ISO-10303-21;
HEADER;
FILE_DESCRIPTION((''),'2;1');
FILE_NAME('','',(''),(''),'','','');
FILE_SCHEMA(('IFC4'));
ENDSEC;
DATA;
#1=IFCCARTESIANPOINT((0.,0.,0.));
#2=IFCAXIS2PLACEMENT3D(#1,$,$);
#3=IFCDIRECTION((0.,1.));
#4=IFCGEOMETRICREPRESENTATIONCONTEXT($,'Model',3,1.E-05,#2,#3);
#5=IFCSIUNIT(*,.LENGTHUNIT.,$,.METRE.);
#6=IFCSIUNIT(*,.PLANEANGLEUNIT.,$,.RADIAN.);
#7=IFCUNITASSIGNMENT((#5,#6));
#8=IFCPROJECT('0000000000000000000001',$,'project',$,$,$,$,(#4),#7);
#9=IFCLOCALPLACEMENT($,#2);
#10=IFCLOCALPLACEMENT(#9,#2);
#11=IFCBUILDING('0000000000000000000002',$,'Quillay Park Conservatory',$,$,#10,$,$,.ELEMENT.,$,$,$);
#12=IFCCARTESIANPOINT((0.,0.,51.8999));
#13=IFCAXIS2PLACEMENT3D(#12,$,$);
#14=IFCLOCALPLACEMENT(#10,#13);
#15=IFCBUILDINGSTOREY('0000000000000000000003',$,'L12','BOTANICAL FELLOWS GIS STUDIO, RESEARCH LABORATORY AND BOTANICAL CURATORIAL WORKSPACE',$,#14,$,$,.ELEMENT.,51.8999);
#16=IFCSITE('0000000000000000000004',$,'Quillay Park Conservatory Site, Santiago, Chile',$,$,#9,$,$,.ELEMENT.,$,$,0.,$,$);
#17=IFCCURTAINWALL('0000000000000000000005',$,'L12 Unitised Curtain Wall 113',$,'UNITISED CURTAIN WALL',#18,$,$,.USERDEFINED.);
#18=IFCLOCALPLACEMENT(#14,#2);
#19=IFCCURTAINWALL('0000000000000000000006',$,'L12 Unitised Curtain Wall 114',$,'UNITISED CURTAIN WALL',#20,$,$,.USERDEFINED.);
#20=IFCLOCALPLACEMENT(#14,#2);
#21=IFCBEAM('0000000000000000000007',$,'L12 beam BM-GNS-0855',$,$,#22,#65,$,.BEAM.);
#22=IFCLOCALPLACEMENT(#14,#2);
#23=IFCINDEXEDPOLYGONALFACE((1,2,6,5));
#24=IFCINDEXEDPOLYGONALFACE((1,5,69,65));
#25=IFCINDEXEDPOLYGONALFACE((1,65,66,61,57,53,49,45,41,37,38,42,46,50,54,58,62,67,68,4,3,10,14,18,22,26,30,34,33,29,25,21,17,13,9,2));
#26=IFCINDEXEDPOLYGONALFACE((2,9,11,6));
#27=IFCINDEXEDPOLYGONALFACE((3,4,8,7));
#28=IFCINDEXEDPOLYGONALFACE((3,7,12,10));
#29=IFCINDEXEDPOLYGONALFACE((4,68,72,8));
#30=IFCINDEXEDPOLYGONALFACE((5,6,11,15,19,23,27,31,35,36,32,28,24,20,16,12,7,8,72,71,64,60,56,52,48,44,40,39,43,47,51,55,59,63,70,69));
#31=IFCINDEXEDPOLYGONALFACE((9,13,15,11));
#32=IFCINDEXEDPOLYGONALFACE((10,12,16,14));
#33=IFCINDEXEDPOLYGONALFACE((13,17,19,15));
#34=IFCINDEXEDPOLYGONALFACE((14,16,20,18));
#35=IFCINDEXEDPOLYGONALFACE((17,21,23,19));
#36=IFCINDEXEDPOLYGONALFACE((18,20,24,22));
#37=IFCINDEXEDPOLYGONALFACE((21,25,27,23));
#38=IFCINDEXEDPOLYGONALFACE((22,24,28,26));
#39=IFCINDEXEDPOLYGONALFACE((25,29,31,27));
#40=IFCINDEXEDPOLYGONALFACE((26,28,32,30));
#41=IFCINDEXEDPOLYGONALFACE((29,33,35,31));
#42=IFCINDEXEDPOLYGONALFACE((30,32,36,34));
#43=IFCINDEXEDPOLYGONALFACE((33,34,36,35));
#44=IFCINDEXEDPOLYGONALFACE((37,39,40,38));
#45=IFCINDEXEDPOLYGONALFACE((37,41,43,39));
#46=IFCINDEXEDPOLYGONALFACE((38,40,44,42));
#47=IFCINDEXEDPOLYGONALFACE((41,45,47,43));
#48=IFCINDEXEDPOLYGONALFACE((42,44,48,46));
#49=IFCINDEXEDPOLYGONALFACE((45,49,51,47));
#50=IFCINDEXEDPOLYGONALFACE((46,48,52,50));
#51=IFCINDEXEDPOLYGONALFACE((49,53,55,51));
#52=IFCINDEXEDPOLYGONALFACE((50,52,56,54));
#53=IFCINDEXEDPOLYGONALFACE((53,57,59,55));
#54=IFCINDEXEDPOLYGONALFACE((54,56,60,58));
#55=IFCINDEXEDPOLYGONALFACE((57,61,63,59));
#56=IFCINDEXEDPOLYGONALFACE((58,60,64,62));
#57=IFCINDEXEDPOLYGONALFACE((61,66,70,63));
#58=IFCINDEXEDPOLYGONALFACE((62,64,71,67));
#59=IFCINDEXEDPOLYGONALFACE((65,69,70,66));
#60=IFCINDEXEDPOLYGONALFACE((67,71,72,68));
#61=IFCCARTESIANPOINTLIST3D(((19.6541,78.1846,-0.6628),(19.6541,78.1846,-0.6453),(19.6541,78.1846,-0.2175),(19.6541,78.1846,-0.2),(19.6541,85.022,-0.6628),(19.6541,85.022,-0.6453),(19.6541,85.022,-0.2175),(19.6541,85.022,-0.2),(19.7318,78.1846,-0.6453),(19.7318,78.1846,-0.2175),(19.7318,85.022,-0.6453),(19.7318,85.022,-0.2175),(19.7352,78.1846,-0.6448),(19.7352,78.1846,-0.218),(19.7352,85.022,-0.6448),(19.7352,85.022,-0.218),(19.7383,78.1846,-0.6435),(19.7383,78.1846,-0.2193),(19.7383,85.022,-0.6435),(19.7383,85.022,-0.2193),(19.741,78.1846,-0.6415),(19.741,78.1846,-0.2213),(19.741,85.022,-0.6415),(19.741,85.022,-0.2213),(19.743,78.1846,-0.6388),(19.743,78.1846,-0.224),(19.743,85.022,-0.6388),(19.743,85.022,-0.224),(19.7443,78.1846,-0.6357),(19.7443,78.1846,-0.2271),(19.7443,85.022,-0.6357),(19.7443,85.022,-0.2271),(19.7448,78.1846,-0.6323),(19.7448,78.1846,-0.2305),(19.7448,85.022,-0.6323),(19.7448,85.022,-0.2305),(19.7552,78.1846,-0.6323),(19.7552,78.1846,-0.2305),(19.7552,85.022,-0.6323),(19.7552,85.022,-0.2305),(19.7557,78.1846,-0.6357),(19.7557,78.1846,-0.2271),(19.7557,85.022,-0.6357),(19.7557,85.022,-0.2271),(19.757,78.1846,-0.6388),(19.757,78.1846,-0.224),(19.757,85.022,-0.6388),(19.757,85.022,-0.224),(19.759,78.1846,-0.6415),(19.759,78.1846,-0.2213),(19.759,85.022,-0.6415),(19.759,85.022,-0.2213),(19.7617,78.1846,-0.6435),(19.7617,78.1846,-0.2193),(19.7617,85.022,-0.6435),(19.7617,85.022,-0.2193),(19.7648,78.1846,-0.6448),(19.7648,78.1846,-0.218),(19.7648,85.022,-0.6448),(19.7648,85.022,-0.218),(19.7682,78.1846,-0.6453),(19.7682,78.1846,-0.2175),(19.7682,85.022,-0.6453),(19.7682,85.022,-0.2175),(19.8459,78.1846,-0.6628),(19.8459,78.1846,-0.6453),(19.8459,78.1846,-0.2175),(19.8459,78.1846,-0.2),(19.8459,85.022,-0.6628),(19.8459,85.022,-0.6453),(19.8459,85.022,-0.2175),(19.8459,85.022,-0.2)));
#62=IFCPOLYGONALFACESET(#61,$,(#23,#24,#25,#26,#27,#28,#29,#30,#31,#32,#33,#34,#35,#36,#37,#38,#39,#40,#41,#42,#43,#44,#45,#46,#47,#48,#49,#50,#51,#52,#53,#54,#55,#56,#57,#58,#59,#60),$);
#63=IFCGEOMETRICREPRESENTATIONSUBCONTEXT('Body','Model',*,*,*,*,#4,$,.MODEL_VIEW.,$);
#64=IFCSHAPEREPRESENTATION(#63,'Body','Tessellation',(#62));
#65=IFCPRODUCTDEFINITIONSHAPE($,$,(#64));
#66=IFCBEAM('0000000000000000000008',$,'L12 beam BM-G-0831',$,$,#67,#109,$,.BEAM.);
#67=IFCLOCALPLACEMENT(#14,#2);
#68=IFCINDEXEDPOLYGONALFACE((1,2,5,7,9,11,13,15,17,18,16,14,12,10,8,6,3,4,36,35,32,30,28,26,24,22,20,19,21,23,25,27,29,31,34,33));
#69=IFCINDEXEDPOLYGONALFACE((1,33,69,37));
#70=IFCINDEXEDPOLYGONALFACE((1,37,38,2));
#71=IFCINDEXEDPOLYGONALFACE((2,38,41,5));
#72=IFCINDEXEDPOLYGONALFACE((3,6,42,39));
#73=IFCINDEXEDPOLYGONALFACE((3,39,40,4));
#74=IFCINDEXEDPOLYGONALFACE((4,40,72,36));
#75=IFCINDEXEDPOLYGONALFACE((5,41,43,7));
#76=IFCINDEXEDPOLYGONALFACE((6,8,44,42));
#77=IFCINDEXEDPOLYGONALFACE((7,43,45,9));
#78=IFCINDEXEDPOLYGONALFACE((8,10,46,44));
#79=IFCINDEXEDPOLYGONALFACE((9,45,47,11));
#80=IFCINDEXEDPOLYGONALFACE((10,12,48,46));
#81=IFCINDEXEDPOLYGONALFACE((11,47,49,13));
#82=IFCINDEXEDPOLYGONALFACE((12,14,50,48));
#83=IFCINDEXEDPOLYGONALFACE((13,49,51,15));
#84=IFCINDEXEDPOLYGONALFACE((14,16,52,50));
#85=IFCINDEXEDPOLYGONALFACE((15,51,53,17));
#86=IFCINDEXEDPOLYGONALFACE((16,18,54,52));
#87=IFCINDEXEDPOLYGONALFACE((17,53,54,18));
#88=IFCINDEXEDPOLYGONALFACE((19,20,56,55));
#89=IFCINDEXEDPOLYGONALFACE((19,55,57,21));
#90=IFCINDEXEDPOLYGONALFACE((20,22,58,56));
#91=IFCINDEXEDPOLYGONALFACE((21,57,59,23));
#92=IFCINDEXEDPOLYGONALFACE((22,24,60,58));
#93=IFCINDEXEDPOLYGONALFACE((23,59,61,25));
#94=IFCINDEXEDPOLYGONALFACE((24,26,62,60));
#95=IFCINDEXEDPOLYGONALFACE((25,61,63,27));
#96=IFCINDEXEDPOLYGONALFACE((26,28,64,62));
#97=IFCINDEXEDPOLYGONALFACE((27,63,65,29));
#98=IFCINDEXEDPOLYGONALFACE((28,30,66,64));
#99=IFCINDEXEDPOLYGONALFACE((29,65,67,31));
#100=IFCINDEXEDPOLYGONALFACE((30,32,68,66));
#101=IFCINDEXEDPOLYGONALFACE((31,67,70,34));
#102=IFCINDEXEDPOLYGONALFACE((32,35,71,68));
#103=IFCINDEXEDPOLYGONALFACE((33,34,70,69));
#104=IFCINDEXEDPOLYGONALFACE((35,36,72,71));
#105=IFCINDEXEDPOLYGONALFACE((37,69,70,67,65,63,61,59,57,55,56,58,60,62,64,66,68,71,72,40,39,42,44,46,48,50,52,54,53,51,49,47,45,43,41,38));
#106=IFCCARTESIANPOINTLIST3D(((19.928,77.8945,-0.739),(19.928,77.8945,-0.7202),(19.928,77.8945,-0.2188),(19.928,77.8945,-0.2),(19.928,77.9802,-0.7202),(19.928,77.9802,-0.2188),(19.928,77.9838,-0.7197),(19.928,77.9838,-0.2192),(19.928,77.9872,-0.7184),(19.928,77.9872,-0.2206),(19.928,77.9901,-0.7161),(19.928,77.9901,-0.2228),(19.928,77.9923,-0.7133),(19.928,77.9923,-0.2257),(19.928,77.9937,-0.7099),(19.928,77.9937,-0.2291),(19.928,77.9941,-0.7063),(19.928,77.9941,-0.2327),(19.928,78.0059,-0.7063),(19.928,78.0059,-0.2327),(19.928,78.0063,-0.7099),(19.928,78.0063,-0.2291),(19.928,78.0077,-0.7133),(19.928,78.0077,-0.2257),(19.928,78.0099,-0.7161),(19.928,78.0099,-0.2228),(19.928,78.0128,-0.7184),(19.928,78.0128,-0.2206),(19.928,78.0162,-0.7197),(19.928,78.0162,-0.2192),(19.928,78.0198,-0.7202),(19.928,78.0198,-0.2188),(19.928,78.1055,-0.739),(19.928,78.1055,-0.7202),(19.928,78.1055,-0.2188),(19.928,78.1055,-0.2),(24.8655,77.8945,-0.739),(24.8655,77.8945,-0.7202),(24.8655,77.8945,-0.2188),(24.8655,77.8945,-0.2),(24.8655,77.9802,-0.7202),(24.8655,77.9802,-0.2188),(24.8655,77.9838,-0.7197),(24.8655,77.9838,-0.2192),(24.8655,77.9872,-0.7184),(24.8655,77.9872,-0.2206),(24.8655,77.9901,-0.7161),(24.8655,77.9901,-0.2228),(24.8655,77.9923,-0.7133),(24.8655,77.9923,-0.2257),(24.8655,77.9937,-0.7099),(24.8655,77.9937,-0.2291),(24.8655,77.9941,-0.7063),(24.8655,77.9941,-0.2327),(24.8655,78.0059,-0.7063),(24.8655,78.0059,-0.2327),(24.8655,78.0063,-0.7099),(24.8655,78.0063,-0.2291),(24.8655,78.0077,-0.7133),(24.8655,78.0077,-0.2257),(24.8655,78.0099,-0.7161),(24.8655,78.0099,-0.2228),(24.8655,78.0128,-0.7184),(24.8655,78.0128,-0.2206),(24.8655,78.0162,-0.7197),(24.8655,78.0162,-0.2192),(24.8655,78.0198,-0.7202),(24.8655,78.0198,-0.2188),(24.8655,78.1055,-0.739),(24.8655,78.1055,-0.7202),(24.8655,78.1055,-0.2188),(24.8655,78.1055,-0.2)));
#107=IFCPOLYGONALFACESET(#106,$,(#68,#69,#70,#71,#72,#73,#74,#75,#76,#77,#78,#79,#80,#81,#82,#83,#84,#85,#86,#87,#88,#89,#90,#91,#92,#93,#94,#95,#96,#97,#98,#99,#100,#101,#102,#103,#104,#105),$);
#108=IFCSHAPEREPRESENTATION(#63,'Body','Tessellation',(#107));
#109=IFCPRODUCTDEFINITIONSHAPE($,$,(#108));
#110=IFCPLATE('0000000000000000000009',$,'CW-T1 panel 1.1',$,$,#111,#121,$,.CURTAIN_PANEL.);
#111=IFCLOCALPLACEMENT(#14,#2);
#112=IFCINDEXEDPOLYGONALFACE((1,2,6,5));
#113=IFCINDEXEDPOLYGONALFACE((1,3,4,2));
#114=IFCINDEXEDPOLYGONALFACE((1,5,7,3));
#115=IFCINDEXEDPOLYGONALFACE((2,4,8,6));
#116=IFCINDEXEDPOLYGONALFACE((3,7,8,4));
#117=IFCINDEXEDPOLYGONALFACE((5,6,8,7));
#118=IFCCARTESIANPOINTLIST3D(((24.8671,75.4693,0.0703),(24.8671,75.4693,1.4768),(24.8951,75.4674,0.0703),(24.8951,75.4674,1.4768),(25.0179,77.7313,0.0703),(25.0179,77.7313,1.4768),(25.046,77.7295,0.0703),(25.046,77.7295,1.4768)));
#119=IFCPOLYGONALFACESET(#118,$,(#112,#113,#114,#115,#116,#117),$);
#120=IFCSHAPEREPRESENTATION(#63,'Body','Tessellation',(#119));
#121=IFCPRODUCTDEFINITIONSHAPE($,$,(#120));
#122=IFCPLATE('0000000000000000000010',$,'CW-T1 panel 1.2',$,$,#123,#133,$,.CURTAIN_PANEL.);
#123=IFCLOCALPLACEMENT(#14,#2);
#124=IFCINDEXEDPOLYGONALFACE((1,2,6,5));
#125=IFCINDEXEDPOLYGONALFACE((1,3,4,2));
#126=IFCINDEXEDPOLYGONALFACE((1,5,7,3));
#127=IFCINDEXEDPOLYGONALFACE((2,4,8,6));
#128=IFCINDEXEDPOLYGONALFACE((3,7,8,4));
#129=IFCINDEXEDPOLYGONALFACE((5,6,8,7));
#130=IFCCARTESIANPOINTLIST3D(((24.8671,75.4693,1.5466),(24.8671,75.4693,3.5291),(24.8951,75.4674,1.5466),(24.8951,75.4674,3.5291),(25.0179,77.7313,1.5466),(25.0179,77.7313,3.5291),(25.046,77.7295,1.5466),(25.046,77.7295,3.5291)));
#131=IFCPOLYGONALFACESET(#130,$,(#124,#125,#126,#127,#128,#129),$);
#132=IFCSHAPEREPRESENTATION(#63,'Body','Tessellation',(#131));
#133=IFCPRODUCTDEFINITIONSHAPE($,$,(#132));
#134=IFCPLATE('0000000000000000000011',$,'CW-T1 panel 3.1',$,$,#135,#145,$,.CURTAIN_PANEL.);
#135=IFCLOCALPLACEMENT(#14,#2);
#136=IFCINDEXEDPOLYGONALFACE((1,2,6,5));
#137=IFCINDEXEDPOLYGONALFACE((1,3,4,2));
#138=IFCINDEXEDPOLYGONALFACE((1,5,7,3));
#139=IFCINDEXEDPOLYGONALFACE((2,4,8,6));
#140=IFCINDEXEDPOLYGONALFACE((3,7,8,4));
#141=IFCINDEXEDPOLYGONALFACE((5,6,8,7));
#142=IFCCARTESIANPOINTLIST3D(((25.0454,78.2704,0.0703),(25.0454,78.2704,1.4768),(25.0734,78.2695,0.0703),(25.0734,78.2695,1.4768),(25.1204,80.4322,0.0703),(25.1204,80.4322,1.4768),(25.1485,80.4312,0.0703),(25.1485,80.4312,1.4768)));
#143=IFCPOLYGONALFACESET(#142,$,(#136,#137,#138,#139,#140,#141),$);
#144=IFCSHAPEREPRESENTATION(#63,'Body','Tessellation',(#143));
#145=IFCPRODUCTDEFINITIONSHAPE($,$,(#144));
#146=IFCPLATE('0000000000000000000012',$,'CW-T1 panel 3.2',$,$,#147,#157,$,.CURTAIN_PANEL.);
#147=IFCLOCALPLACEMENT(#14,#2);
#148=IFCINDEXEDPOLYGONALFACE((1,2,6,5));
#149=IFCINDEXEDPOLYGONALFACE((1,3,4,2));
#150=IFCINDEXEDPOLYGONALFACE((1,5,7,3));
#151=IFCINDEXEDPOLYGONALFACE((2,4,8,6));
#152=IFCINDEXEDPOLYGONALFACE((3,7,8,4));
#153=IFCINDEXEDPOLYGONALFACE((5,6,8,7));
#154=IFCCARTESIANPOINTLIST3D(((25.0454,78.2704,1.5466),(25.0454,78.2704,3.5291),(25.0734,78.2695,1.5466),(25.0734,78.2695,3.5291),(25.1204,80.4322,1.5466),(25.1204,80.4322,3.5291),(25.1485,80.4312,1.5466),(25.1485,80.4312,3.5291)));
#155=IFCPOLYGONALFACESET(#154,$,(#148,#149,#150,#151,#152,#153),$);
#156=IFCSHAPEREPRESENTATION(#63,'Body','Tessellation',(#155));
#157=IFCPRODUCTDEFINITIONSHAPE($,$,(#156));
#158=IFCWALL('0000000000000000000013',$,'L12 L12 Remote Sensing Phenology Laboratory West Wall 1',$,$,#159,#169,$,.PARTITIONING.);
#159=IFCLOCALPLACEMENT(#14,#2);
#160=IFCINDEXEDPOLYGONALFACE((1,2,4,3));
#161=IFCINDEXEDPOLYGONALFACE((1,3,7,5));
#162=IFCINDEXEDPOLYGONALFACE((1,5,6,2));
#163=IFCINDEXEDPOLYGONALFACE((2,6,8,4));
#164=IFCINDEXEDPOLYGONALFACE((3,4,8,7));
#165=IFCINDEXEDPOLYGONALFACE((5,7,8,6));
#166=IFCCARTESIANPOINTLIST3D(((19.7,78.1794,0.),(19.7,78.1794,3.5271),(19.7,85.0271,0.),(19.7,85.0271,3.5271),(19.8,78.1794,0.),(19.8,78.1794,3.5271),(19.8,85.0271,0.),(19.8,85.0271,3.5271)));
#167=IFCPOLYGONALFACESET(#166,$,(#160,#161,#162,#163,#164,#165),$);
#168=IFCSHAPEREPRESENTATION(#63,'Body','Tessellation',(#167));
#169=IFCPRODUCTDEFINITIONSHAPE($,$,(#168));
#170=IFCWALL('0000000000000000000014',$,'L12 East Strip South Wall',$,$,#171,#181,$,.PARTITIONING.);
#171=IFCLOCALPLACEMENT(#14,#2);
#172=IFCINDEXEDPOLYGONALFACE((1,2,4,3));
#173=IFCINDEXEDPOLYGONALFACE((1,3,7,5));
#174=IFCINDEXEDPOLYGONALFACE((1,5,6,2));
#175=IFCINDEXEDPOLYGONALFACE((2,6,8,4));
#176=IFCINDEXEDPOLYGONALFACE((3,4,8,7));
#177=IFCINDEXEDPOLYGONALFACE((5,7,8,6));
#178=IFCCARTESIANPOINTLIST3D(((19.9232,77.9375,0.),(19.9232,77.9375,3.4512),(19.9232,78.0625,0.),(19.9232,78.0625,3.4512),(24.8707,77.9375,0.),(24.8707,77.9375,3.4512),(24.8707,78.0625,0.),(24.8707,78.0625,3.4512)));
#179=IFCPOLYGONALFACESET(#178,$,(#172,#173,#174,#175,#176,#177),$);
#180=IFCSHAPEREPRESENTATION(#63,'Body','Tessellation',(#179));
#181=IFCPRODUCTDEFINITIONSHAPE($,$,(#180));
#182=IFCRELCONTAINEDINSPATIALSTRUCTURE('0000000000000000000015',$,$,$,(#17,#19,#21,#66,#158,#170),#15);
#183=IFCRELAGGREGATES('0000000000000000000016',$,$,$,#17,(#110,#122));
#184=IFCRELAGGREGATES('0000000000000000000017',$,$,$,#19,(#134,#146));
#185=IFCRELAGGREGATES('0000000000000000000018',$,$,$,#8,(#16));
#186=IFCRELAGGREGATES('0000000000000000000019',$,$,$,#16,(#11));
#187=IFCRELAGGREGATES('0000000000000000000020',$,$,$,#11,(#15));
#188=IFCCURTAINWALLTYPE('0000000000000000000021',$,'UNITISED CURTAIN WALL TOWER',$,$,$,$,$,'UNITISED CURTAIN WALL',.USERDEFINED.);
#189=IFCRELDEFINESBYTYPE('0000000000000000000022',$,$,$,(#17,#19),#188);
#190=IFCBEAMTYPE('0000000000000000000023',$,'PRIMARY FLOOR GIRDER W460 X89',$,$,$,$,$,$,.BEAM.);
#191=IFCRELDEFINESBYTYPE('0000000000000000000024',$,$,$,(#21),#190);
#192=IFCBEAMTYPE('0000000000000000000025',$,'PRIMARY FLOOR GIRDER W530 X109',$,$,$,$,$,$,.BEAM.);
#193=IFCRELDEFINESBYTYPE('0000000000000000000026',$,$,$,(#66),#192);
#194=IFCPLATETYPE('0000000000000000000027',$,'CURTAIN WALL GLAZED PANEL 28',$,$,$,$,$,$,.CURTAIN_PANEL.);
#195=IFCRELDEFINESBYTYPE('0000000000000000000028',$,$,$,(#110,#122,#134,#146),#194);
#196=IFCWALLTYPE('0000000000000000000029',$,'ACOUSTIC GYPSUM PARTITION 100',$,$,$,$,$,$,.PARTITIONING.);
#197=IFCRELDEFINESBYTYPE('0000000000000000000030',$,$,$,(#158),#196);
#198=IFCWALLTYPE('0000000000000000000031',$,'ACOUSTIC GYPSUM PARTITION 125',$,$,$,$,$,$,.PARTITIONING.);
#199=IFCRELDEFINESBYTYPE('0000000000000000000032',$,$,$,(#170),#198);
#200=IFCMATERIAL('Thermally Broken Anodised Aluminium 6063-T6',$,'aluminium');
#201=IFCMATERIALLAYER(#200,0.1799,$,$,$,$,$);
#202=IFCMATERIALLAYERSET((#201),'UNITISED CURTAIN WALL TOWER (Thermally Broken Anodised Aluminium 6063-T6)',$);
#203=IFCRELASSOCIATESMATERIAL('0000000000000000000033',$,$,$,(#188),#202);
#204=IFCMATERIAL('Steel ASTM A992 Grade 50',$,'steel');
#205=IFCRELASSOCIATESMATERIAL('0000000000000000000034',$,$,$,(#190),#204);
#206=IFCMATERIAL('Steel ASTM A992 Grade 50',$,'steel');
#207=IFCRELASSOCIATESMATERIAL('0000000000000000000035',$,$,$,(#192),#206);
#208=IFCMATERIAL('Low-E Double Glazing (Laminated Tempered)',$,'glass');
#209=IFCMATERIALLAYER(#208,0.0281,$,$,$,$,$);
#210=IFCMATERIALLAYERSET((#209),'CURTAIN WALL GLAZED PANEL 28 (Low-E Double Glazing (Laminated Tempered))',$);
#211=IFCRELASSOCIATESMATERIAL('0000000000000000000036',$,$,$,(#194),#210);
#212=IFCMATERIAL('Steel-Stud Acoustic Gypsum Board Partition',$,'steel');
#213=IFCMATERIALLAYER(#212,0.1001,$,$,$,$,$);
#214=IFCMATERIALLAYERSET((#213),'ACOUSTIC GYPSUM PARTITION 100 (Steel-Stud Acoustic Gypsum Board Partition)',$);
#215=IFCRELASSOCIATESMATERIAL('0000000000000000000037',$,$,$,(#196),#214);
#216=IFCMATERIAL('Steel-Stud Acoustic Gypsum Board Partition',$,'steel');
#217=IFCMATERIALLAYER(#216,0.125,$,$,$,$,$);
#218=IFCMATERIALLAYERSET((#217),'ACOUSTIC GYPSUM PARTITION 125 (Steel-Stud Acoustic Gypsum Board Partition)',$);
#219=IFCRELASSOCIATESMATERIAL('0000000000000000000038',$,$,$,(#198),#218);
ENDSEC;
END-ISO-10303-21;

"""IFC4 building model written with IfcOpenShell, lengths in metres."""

from ifc_helpers import new_model, si_unit, direction, frame, frame_2d, origin, origin_2d, place, context, subcontext, project, spatial, rectangle, i_section, extrude, material, layer, layer_set, material_profile, profile_set, type_object, element, aggregate, save


model = new_model("IFC4")

# Units and contexts
model_context = context("Model", 3, precision=1e-05, world=origin(), true_north=direction((0.0, 1.0)))
body_context = subcontext(model_context, "Body", "Model", "MODEL_VIEW")
ifc_project = project(units=[si_unit("LENGTHUNIT", "METRE"), si_unit("PLANEANGLEUNIT", "RADIAN")], contexts=[model_context])

# Site, building, storey
site_placement = place(None, origin())
site = spatial("IfcSite", under=ifc_project, at=site_placement, Name="Quillay Park Conservatory Site, Santiago, Chile", CompositionType="ELEMENT", RefElevation=0.0)
building_placement = place(site_placement, origin())
building = spatial("IfcBuilding", under=site, at=building_placement, Name="Quillay Park Conservatory", CompositionType="ELEMENT")
storey_placement = place(building_placement, frame((0.0, 0.0, 51.8999)))
storey = spatial("IfcBuildingStorey", under=building, at=storey_placement, Name="L12", Description="BOTANICAL FELLOWS GIS STUDIO, RESEARCH LABORATORY AND BOTANICAL CURATORIAL WORKSPACE", CompositionType="ELEMENT", Elevation=51.8999)

# Curtain wall
ifc_material_1 = material(Name="Thermally Broken Anodised Aluminium 6063-T6", Category="aluminium")
ifc_layer_1 = layer(ifc_material_1, 0.1799)
ifc_layer_set_1 = layer_set([ifc_layer_1], Name="UNITISED CURTAIN WALL TOWER (Thermally Broken Anodised Aluminium 6063-T6)")
curtain_wall_type = type_object("IfcCurtainWallType", Name="UNITISED CURTAIN WALL TOWER", ElementType="UNITISED CURTAIN WALL", PredefinedType="USERDEFINED", material=ifc_layer_set_1)
curtain_wall_1_placement = place(storey_placement, origin())
curtain_wall_1 = element("IfcCurtainWall", 1, at=curtain_wall_1_placement, inside=storey, type_object=curtain_wall_type, Name="L12 Unitised Curtain Wall 113", ObjectType="UNITISED CURTAIN WALL", PredefinedType="USERDEFINED")

# Curtain wall
curtain_wall_2_placement = place(storey_placement, origin())
curtain_wall_2 = element("IfcCurtainWall", 2, at=curtain_wall_2_placement, inside=storey, type_object=curtain_wall_type, Name="L12 Unitised Curtain Wall 114", ObjectType="UNITISED CURTAIN WALL", PredefinedType="USERDEFINED")

# Beams
ifc_material_2 = material(Name="Steel ASTM A992 Grade 50", Category="steel")
ifc_material_profile_1 = material_profile(ifc_material_2, i_section(OverallWidth=0.1919, OverallDepth=0.4629, WebThickness=0.0105, FlangeThickness=0.0176, FilletRadius=0.0129, at=origin_2d()), Name="W460x89")
ifc_profile_set_1 = profile_set([ifc_material_profile_1], Name="Steel ASTM A992 Grade 50")
beam_type_1 = type_object("IfcBeamType", Name="PRIMARY FLOOR GIRDER W460 X89", PredefinedType="BEAM", material=ifc_profile_set_1)
beam_1_placement = place(storey_placement, frame((19.75, 78.1846, -0.4314), z_axis=(0.0, 1.0, 0.0), x_axis=(-1.0, 0.0, 0.0)))
element("IfcBeam", 3, at=beam_1_placement, inside=storey, type_object=beam_type_1, Name="L12 beam BM-GNS-0855", PredefinedType="BEAM", context=body_context, shape_type="SweptSolid", body=[
    extrude(i_section(OverallWidth=0.1919, OverallDepth=0.4629, WebThickness=0.0105, FlangeThickness=0.0176, FilletRadius=0.0129, at=origin_2d()), origin(), (0.0, 0.0, 1.0), 6.8374),
])
ifc_material_3 = material(Name="Steel ASTM A992 Grade 50", Category="steel")
ifc_material_profile_2 = material_profile(ifc_material_3, i_section(OverallWidth=0.2109, OverallDepth=0.5391, WebThickness=0.0117, FlangeThickness=0.0188, FilletRadius=0.0139, at=origin_2d()), Name="W530x109")
ifc_profile_set_2 = profile_set([ifc_material_profile_2], Name="Steel ASTM A992 Grade 50")
beam_type_2 = type_object("IfcBeamType", Name="PRIMARY FLOOR GIRDER W530 X109", PredefinedType="BEAM", material=ifc_profile_set_2)
beam_2_placement = place(storey_placement, frame((19.928, 78.0, -0.4695), z_axis=(1.0, 0.0, 0.0), x_axis=(0.0, 1.0, 0.0)))
element("IfcBeam", 4, at=beam_2_placement, inside=storey, type_object=beam_type_2, Name="L12 beam BM-G-0831", PredefinedType="BEAM", context=body_context, shape_type="SweptSolid", body=[
    extrude(i_section(OverallWidth=0.2109, OverallDepth=0.5391, WebThickness=0.0117, FlangeThickness=0.0188, FilletRadius=0.0139, at=origin_2d()), origin(), (0.0, 0.0, 1.0), 4.9375),
])

# Plates
ifc_material_4 = material(Name="Low-E Double Glazing (Laminated Tempered)", Category="glass")
ifc_layer_2 = layer(ifc_material_4, 0.0281)
ifc_layer_set_2 = layer_set([ifc_layer_2], Name="CURTAIN WALL GLAZED PANEL 28 (Low-E Double Glazing (Laminated Tempered))")
plate_type = type_object("IfcPlateType", Name="CURTAIN WALL GLAZED PANEL 28", PredefinedType="CURTAIN_PANEL", material=ifc_layer_set_2)
plate_1_placement = place(storey_placement, frame((24.9565, 76.5994, 0.0703), z_axis=(0.0, 0.0, 1.0), x_axis=(-0.066521, -0.997785, 0.0)))
plate_1 = element("IfcPlate", 5, at=plate_1_placement, type_object=plate_type, Name="CW-T1 panel 1.1", PredefinedType="CURTAIN_PANEL", context=body_context, shape_type="SweptSolid", body=[
    extrude(rectangle(XDim=2.2671, YDim=0.0281, at=origin_2d()), origin(), (0.0, 0.0, 1.0), 1.4065),
])
plate_2_placement = place(storey_placement, frame((24.9565, 76.5994, 1.5466), z_axis=(0.0, 0.0, 1.0), x_axis=(-0.066521, -0.997785, 0.0)))
plate_2 = element("IfcPlate", 6, at=plate_2_placement, type_object=plate_type, Name="CW-T1 panel 1.2", PredefinedType="CURTAIN_PANEL", context=body_context, shape_type="SweptSolid", body=[
    extrude(rectangle(XDim=2.2671, YDim=0.0281, at=origin_2d()), origin(), (0.0, 0.0, 1.0), 1.9824),
])
aggregate(curtain_wall_1, [plate_1, plate_2])
plate_3_placement = place(storey_placement, frame((25.0969, 79.3508, 0.0703), z_axis=(0.0, 0.0, 1.0), x_axis=(-0.034713, -0.999397, 0.0)))
plate_3 = element("IfcPlate", 7, at=plate_3_placement, type_object=plate_type, Name="CW-T1 panel 3.1", PredefinedType="CURTAIN_PANEL", context=body_context, shape_type="SweptSolid", body=[
    extrude(rectangle(XDim=2.1631, YDim=0.0281, at=origin_2d()), origin(), (0.0, 0.0, 1.0), 1.4065),
])
plate_4_placement = place(storey_placement, frame((25.0969, 79.3508, 1.5466), z_axis=(0.0, 0.0, 1.0), x_axis=(-0.034713, -0.999397, 0.0)))
plate_4 = element("IfcPlate", 8, at=plate_4_placement, type_object=plate_type, Name="CW-T1 panel 3.2", PredefinedType="CURTAIN_PANEL", context=body_context, shape_type="SweptSolid", body=[
    extrude(rectangle(XDim=2.1631, YDim=0.0281, at=origin_2d()), origin(), (0.0, 0.0, 1.0), 1.9824),
])
aggregate(curtain_wall_2, [plate_3, plate_4])

# Walls
ifc_material_5 = material(Name="Steel-Stud Acoustic Gypsum Board Partition", Category="steel")
ifc_layer_3 = layer(ifc_material_5, 0.1001)
ifc_layer_set_3 = layer_set([ifc_layer_3], Name="ACOUSTIC GYPSUM PARTITION 100 (Steel-Stud Acoustic Gypsum Board Partition)")
wall_type_1 = type_object("IfcWallType", Name="ACOUSTIC GYPSUM PARTITION 100", PredefinedType="PARTITIONING", material=ifc_layer_set_3)
wall_1_placement = place(storey_placement, frame((19.75, 78.1794, 0.0), z_axis=(0.0, 0.0, 1.0), x_axis=(0.0, 1.0, 0.0)))
element("IfcWall", 9, at=wall_1_placement, inside=storey, type_object=wall_type_1, Name="L12 L12 Remote Sensing Phenology Laboratory West Wall 1", PredefinedType="PARTITIONING", context=body_context, shape_type="SweptSolid", body=[
    extrude(rectangle(XDim=6.8477, YDim=0.1001, at=frame_2d((3.4238, 0.0))), origin(), (0.0, 0.0, 1.0), 3.5271),
])
ifc_material_6 = material(Name="Steel-Stud Acoustic Gypsum Board Partition", Category="steel")
ifc_layer_4 = layer(ifc_material_6, 0.125)
ifc_layer_set_4 = layer_set([ifc_layer_4], Name="ACOUSTIC GYPSUM PARTITION 125 (Steel-Stud Acoustic Gypsum Board Partition)")
wall_type_2 = type_object("IfcWallType", Name="ACOUSTIC GYPSUM PARTITION 125", PredefinedType="PARTITIONING", material=ifc_layer_set_4)
wall_2_placement = place(storey_placement, frame((24.8706, 78.0, 0.0), z_axis=(0.0, 0.0, 1.0), x_axis=(-1.0, 0.0, 0.0)))
element("IfcWall", 10, at=wall_2_placement, inside=storey, type_object=wall_type_2, Name="L12 East Strip South Wall", PredefinedType="PARTITIONING", context=body_context, shape_type="SweptSolid", body=[
    extrude(rectangle(XDim=4.9475, YDim=0.125, at=frame_2d((2.4736, 0.0))), origin(), (0.0, 0.0, 1.0), 3.4512),
])

save(model, "model.ifc")
